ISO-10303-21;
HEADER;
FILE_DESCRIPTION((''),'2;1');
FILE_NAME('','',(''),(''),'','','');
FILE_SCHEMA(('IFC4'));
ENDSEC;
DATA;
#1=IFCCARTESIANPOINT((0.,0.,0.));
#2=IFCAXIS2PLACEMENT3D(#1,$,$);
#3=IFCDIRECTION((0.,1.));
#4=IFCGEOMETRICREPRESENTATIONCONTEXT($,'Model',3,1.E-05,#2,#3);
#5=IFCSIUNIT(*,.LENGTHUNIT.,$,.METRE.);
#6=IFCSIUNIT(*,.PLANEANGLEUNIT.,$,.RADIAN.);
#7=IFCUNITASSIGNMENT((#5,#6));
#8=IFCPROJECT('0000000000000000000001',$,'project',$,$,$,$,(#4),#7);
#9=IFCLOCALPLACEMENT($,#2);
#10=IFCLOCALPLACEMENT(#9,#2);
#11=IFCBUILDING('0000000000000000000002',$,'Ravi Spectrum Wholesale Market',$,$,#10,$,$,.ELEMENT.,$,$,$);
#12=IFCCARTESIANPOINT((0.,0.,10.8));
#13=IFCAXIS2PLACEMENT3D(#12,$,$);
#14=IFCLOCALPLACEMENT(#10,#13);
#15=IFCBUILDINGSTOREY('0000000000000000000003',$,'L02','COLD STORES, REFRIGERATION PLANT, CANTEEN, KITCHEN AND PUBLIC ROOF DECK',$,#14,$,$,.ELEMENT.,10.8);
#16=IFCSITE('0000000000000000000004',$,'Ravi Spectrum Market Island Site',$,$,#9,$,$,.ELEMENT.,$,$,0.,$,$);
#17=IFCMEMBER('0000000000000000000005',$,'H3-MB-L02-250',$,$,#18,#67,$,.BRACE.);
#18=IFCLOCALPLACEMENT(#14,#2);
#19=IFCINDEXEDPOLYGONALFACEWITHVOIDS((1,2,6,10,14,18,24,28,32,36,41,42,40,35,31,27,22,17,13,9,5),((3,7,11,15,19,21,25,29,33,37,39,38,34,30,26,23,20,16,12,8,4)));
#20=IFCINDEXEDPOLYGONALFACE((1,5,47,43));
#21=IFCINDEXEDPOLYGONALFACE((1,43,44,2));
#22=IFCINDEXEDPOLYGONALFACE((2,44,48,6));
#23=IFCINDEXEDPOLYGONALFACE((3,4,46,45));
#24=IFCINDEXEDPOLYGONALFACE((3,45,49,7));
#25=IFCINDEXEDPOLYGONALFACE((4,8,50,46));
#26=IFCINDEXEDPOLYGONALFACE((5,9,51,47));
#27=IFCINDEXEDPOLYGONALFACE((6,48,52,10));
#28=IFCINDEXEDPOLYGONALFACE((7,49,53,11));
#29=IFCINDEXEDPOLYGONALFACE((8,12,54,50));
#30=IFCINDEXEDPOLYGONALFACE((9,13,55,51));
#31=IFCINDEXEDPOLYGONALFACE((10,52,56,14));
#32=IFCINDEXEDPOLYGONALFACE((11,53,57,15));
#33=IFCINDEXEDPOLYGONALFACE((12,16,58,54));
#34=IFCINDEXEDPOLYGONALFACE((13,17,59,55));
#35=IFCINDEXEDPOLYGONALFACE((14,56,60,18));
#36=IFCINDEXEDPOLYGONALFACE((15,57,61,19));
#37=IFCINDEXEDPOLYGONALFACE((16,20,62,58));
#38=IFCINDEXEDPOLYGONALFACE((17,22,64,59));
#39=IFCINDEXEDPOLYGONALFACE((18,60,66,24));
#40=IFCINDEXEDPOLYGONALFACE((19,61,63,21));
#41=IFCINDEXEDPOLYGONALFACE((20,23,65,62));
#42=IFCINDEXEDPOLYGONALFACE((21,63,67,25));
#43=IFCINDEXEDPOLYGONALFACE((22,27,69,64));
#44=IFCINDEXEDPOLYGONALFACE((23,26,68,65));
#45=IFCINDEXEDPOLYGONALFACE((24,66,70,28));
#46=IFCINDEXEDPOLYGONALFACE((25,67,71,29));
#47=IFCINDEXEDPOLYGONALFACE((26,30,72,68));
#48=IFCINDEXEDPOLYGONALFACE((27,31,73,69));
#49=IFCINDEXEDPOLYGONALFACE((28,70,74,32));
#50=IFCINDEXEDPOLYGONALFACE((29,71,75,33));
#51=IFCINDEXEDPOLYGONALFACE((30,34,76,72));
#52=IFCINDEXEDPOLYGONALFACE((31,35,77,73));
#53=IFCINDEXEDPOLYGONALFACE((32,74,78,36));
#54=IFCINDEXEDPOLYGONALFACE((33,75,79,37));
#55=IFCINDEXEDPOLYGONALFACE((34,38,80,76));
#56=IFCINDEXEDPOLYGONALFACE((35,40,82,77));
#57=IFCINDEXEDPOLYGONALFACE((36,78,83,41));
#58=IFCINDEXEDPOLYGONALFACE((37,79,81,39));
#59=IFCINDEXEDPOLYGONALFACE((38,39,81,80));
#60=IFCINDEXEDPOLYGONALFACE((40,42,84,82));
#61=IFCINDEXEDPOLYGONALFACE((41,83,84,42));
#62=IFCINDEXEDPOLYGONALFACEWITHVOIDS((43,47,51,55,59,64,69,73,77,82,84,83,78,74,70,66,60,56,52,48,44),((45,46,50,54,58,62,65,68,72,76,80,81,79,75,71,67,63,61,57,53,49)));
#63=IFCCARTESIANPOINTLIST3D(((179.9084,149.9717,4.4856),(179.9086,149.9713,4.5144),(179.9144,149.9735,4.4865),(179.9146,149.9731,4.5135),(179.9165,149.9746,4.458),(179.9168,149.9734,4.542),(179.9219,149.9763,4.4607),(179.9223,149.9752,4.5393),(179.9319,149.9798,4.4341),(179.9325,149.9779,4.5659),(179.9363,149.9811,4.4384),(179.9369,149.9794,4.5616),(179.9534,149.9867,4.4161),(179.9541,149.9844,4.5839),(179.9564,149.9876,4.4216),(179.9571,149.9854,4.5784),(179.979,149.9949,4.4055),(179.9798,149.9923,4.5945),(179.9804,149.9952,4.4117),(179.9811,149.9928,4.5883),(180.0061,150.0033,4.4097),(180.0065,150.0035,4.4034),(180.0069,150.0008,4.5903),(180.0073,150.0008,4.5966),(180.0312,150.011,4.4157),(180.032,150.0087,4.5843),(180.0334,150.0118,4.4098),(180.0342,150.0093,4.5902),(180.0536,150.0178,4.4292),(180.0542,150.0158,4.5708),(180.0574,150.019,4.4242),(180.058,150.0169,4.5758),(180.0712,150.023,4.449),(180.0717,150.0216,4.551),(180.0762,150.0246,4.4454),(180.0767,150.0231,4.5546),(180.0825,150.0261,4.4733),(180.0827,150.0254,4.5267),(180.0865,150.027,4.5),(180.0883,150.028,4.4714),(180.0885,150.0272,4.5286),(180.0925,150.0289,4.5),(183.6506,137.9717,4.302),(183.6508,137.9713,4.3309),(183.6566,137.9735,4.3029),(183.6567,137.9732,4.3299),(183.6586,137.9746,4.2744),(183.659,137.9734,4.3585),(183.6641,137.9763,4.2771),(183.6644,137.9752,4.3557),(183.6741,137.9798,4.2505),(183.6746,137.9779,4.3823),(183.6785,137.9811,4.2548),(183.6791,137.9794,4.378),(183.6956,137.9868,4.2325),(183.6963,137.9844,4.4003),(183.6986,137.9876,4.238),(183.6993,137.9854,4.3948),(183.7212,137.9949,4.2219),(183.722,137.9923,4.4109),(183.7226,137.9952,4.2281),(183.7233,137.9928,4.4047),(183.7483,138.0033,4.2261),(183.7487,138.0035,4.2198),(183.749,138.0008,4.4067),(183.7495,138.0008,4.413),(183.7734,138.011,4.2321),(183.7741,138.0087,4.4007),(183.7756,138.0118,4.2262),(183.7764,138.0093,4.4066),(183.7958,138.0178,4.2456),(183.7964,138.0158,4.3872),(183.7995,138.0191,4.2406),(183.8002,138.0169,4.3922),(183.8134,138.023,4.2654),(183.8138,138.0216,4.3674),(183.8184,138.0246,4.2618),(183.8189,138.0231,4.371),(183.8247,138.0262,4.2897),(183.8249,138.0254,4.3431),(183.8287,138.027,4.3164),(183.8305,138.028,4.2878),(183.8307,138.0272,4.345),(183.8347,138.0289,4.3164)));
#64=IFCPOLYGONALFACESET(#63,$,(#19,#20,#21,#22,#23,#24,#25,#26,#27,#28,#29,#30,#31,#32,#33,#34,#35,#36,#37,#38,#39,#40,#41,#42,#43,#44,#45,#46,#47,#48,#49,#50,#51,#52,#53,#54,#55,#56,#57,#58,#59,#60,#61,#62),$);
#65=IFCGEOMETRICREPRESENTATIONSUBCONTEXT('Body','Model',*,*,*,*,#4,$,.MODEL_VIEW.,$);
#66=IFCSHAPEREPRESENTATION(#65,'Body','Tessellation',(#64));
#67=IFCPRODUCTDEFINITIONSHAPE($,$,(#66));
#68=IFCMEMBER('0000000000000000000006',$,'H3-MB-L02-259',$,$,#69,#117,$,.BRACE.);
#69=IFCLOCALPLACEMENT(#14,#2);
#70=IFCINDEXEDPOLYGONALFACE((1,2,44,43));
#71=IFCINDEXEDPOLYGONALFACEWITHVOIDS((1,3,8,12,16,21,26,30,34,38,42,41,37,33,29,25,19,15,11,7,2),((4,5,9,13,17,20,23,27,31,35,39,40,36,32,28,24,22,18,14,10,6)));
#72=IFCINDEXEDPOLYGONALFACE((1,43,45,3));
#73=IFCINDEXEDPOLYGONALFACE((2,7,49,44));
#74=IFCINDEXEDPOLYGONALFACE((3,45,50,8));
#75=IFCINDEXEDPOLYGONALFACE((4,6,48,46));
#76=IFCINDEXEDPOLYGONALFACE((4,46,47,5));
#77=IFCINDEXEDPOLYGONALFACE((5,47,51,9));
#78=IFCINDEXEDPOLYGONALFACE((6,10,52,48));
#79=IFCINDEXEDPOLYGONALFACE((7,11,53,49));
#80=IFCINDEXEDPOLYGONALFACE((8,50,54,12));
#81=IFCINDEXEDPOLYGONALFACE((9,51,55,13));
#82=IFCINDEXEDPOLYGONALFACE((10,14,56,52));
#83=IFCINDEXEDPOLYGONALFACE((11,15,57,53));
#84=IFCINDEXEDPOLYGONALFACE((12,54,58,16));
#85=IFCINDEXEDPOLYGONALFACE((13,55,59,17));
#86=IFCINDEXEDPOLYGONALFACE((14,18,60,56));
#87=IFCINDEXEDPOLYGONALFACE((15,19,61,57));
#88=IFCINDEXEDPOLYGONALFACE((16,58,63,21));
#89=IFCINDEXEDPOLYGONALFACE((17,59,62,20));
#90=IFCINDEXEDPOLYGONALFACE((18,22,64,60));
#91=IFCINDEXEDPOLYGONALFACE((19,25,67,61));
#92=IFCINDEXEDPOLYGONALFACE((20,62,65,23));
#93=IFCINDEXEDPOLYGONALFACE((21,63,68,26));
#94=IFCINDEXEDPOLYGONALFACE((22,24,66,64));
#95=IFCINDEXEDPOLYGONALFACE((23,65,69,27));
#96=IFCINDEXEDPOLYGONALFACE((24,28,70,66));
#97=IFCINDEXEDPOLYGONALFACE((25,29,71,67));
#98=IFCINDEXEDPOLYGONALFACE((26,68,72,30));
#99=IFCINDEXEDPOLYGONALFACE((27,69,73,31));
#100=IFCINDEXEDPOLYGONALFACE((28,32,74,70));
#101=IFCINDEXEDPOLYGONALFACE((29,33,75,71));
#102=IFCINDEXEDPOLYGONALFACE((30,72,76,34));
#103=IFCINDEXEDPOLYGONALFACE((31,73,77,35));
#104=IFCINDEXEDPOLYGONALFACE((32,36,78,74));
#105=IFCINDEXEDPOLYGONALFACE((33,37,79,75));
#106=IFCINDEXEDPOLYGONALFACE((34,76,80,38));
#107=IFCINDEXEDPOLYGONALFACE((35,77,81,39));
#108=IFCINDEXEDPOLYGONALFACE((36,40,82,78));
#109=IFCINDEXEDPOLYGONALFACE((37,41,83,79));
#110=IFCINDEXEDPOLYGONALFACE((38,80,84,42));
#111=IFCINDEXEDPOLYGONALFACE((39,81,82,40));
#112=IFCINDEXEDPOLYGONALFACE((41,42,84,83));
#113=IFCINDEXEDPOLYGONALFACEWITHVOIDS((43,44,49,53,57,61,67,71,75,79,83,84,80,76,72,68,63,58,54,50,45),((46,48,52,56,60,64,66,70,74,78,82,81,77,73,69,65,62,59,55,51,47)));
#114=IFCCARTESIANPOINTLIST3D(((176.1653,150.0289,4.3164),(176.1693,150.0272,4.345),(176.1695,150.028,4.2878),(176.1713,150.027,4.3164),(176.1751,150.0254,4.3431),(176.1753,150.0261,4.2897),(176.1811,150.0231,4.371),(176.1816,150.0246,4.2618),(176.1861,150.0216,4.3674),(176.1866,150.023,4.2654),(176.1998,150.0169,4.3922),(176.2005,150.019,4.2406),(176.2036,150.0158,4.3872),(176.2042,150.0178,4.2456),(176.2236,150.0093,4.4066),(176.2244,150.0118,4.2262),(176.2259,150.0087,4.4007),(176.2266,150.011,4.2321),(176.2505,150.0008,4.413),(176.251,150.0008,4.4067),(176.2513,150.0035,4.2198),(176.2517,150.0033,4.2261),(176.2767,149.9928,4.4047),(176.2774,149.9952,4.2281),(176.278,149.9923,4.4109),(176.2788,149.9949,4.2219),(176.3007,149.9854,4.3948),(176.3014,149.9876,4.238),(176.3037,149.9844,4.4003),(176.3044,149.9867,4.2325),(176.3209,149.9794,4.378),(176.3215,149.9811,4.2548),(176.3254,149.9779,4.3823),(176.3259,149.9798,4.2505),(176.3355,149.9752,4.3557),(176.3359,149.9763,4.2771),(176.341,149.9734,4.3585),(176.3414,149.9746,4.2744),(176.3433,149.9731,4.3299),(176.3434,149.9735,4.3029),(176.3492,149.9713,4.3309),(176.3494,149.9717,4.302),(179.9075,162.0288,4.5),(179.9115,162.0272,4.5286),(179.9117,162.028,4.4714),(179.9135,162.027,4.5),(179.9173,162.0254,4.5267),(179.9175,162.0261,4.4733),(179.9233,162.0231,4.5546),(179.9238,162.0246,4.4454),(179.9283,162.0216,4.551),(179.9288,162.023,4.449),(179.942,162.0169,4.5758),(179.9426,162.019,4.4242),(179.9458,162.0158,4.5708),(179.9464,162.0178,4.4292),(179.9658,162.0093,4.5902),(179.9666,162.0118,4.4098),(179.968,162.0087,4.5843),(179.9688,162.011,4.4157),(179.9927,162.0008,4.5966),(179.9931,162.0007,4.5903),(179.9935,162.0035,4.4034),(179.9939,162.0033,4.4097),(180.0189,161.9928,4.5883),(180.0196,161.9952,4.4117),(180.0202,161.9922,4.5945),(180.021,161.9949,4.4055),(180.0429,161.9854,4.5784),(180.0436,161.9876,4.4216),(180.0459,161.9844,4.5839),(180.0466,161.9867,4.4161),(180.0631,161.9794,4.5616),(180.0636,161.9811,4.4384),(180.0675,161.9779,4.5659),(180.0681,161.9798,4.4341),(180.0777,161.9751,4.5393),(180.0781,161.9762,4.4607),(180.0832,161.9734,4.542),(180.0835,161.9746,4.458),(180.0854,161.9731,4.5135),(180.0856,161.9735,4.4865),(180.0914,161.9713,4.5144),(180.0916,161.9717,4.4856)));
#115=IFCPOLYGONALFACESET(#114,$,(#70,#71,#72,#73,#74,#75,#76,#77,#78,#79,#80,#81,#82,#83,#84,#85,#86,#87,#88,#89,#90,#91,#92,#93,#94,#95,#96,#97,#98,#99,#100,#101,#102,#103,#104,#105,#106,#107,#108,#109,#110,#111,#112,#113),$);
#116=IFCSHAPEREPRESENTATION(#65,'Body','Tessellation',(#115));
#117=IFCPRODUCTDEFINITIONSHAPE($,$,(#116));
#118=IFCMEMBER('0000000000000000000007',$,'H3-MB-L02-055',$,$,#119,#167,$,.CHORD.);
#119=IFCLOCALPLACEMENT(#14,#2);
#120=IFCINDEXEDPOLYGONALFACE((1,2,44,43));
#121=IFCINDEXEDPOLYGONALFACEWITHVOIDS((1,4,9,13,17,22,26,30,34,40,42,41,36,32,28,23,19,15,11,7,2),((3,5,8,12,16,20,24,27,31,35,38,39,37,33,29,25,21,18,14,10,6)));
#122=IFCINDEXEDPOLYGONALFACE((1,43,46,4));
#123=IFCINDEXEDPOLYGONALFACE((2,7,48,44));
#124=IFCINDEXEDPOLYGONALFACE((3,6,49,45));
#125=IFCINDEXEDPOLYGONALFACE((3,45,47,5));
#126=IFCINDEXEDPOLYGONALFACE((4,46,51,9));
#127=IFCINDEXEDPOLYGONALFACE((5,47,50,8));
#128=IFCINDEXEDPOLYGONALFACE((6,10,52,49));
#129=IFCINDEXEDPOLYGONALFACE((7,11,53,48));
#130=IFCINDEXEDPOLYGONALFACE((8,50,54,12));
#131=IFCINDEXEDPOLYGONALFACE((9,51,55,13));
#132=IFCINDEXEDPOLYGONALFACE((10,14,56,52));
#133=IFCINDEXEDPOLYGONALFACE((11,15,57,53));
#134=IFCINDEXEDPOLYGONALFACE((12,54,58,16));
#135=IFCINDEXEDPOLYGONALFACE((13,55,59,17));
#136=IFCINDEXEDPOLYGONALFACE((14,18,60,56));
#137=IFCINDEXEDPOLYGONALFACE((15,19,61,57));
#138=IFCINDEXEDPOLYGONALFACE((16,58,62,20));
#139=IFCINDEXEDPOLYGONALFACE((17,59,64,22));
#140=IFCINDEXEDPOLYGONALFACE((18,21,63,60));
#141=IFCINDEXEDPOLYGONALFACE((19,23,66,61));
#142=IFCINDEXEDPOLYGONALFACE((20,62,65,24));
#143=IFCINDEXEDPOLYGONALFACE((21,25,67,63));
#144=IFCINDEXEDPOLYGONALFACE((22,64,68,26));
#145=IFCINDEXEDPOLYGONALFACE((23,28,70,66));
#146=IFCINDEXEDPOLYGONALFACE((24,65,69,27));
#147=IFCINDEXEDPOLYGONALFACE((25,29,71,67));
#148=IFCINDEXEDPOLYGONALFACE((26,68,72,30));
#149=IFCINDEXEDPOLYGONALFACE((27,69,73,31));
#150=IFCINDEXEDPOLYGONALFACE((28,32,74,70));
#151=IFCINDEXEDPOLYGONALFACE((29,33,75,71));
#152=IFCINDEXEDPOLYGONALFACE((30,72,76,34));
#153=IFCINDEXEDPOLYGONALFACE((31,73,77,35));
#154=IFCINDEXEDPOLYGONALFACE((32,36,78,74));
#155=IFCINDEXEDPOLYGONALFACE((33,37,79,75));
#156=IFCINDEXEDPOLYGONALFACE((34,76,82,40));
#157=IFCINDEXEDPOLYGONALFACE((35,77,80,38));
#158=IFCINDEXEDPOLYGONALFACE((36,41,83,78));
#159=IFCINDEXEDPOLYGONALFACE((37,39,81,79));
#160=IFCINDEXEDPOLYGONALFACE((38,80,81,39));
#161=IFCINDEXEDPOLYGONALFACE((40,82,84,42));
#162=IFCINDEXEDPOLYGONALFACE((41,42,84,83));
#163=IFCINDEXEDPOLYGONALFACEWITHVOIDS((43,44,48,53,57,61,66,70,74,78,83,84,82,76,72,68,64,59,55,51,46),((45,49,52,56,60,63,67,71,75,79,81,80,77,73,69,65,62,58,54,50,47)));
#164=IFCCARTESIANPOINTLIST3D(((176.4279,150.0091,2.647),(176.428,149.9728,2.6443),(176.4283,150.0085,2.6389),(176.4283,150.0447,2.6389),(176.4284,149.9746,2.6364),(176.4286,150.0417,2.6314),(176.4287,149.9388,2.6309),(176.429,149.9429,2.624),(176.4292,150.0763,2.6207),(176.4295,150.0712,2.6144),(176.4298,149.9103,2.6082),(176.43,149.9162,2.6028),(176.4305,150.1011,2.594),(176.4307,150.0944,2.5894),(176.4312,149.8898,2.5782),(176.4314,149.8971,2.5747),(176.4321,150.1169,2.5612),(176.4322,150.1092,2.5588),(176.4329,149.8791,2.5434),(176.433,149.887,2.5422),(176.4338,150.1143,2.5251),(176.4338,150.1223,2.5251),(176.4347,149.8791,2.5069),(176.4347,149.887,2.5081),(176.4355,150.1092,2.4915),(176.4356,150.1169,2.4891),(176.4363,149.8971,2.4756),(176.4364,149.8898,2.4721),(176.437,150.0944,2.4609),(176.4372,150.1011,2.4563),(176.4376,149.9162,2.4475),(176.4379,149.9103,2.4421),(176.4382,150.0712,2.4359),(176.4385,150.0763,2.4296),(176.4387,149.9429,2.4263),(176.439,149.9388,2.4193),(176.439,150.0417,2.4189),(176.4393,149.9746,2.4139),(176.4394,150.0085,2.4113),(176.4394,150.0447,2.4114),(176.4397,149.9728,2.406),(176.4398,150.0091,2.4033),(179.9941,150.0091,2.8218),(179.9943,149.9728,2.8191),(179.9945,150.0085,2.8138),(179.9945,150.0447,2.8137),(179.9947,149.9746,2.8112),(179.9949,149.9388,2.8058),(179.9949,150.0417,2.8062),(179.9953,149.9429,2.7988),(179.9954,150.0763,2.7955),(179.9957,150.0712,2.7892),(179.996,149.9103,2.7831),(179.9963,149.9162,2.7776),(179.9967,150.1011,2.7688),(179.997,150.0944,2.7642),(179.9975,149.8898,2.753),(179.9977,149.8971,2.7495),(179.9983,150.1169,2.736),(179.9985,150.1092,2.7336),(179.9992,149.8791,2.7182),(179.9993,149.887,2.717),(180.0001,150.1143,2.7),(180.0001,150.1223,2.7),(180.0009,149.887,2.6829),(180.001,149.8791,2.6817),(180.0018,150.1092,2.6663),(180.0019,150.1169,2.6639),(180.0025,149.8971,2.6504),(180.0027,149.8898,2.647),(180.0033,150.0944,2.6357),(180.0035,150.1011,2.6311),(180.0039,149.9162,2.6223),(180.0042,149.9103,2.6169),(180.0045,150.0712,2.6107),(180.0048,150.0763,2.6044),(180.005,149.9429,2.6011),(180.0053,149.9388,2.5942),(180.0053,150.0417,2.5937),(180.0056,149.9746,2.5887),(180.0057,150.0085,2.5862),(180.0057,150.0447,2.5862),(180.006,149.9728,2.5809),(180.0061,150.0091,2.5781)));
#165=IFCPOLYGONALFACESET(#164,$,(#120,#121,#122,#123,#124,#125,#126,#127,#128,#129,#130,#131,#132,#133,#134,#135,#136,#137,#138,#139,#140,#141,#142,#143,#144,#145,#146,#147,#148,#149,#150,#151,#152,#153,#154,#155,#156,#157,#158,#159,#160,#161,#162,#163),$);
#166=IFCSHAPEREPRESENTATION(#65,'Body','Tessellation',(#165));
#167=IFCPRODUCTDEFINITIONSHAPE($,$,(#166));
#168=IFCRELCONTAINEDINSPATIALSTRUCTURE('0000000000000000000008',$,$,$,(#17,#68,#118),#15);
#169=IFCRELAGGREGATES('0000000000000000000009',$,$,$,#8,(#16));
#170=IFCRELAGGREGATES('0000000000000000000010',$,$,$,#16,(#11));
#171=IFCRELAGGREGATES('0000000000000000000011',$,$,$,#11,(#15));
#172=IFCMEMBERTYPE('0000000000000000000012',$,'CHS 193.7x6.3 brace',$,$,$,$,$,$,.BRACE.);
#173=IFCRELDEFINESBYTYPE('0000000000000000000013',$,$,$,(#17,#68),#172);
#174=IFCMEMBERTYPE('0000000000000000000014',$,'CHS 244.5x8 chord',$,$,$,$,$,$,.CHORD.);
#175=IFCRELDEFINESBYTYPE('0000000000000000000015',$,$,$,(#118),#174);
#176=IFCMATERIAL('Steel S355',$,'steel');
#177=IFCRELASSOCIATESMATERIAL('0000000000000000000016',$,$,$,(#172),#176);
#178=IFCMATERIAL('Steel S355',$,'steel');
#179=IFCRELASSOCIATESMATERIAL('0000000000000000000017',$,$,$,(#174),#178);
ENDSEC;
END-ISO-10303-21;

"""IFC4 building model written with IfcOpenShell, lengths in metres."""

from ifc_helpers import new_model, si_unit, direction, frame, origin, origin_2d, place, context, subcontext, project, spatial, hollow_circle, extrude, material, material_profile, profile_set, type_object, element, save


model = new_model("IFC4")

# Units and contexts
model_context = context("Model", 3, precision=1e-05, world=origin(), true_north=direction((0.0, 1.0)))
body_context = subcontext(model_context, "Body", "Model", "MODEL_VIEW")
ifc_project = project(units=[si_unit("LENGTHUNIT", "METRE"), si_unit("PLANEANGLEUNIT", "RADIAN")], contexts=[model_context])

# Site, building, storey
site_placement = place(None, origin())
site = spatial("IfcSite", under=ifc_project, at=site_placement, Name="Ravi Spectrum Market Island Site", CompositionType="ELEMENT", RefElevation=0.0)
building_placement = place(site_placement, origin())
building = spatial("IfcBuilding", under=site, at=building_placement, Name="Ravi Spectrum Wholesale Market", CompositionType="ELEMENT")
storey_placement = place(building_placement, frame((0.0, 0.0, 10.8)))
storey = spatial("IfcBuildingStorey", under=building, at=storey_placement, Name="L02", Description="COLD STORES, REFRIGERATION PLANT, CANTEEN, KITCHEN AND PUBLIC ROOF DECK", CompositionType="ELEMENT", Elevation=10.8)

# Members
ifc_material_1 = material(Name="Steel S355", Category="steel")
ifc_material_profile_1 = material_profile(ifc_material_1, hollow_circle(Radius=0.0969, WallThickness=0.0063, at=origin_2d()))
ifc_profile_set_1 = profile_set([ifc_material_profile_1], Name="Steel S355")
member_type_1 = type_object("IfcMemberType", Name="CHS 193.7x6.3 brace", PredefinedType="BRACE", material=ifc_profile_set_1)
for number, where, z_axis, x_axis, name in (
    (1, (180.0, 150.0, 4.5), (0.297677, -0.954555, -0.014604), (0.954657, 0.297709, 0.0), "H3-MB-L02-250"),
    (2, (176.2578, 150.0, 4.3164), (0.297677, 0.954555, 0.014604), (-0.954657, 0.297709, 0.0), "H3-MB-L02-259"),
):
    element("IfcMember", number, at=place(storey_placement, frame(where, z_axis=z_axis, x_axis=x_axis)), inside=storey, type_object=member_type_1, Name=name, PredefinedType="BRACE", context=body_context, shape_type="SweptSolid", body=[
        extrude(hollow_circle(Radius=0.0969, WallThickness=0.0063, at=origin_2d()), origin(), (0.0, 0.0, 1.0), 12.5713),
    ])
ifc_material_2 = material(Name="Steel S355", Category="steel")
ifc_material_profile_2 = material_profile(ifc_material_2, hollow_circle(Radius=0.1223, WallThickness=0.0081, at=origin_2d()))
ifc_profile_set_2 = profile_set([ifc_material_profile_2], Name="Steel S355")
member_type_2 = type_object("IfcMemberType", Name="CHS 244.5x8 chord", PredefinedType="CHORD", material=ifc_profile_set_2)
for number, where, z_axis, x_axis, name in (
    (3, (176.4338, 150.0, 2.5251), (0.998801, 0.0, 0.048959), (0.0, 1.0, 0.0), "H3-MB-L02-055"),
):
    element("IfcMember", number, at=place(storey_placement, frame(where, z_axis=z_axis, x_axis=x_axis)), inside=storey, type_object=member_type_2, Name=name, PredefinedType="CHORD", context=body_context, shape_type="SweptSolid", body=[
        extrude(hollow_circle(Radius=0.1223, WallThickness=0.0081, at=origin_2d()), origin(), (0.0, 0.0, 1.0), 3.5706),
    ])

save(model, "model.ifc")
